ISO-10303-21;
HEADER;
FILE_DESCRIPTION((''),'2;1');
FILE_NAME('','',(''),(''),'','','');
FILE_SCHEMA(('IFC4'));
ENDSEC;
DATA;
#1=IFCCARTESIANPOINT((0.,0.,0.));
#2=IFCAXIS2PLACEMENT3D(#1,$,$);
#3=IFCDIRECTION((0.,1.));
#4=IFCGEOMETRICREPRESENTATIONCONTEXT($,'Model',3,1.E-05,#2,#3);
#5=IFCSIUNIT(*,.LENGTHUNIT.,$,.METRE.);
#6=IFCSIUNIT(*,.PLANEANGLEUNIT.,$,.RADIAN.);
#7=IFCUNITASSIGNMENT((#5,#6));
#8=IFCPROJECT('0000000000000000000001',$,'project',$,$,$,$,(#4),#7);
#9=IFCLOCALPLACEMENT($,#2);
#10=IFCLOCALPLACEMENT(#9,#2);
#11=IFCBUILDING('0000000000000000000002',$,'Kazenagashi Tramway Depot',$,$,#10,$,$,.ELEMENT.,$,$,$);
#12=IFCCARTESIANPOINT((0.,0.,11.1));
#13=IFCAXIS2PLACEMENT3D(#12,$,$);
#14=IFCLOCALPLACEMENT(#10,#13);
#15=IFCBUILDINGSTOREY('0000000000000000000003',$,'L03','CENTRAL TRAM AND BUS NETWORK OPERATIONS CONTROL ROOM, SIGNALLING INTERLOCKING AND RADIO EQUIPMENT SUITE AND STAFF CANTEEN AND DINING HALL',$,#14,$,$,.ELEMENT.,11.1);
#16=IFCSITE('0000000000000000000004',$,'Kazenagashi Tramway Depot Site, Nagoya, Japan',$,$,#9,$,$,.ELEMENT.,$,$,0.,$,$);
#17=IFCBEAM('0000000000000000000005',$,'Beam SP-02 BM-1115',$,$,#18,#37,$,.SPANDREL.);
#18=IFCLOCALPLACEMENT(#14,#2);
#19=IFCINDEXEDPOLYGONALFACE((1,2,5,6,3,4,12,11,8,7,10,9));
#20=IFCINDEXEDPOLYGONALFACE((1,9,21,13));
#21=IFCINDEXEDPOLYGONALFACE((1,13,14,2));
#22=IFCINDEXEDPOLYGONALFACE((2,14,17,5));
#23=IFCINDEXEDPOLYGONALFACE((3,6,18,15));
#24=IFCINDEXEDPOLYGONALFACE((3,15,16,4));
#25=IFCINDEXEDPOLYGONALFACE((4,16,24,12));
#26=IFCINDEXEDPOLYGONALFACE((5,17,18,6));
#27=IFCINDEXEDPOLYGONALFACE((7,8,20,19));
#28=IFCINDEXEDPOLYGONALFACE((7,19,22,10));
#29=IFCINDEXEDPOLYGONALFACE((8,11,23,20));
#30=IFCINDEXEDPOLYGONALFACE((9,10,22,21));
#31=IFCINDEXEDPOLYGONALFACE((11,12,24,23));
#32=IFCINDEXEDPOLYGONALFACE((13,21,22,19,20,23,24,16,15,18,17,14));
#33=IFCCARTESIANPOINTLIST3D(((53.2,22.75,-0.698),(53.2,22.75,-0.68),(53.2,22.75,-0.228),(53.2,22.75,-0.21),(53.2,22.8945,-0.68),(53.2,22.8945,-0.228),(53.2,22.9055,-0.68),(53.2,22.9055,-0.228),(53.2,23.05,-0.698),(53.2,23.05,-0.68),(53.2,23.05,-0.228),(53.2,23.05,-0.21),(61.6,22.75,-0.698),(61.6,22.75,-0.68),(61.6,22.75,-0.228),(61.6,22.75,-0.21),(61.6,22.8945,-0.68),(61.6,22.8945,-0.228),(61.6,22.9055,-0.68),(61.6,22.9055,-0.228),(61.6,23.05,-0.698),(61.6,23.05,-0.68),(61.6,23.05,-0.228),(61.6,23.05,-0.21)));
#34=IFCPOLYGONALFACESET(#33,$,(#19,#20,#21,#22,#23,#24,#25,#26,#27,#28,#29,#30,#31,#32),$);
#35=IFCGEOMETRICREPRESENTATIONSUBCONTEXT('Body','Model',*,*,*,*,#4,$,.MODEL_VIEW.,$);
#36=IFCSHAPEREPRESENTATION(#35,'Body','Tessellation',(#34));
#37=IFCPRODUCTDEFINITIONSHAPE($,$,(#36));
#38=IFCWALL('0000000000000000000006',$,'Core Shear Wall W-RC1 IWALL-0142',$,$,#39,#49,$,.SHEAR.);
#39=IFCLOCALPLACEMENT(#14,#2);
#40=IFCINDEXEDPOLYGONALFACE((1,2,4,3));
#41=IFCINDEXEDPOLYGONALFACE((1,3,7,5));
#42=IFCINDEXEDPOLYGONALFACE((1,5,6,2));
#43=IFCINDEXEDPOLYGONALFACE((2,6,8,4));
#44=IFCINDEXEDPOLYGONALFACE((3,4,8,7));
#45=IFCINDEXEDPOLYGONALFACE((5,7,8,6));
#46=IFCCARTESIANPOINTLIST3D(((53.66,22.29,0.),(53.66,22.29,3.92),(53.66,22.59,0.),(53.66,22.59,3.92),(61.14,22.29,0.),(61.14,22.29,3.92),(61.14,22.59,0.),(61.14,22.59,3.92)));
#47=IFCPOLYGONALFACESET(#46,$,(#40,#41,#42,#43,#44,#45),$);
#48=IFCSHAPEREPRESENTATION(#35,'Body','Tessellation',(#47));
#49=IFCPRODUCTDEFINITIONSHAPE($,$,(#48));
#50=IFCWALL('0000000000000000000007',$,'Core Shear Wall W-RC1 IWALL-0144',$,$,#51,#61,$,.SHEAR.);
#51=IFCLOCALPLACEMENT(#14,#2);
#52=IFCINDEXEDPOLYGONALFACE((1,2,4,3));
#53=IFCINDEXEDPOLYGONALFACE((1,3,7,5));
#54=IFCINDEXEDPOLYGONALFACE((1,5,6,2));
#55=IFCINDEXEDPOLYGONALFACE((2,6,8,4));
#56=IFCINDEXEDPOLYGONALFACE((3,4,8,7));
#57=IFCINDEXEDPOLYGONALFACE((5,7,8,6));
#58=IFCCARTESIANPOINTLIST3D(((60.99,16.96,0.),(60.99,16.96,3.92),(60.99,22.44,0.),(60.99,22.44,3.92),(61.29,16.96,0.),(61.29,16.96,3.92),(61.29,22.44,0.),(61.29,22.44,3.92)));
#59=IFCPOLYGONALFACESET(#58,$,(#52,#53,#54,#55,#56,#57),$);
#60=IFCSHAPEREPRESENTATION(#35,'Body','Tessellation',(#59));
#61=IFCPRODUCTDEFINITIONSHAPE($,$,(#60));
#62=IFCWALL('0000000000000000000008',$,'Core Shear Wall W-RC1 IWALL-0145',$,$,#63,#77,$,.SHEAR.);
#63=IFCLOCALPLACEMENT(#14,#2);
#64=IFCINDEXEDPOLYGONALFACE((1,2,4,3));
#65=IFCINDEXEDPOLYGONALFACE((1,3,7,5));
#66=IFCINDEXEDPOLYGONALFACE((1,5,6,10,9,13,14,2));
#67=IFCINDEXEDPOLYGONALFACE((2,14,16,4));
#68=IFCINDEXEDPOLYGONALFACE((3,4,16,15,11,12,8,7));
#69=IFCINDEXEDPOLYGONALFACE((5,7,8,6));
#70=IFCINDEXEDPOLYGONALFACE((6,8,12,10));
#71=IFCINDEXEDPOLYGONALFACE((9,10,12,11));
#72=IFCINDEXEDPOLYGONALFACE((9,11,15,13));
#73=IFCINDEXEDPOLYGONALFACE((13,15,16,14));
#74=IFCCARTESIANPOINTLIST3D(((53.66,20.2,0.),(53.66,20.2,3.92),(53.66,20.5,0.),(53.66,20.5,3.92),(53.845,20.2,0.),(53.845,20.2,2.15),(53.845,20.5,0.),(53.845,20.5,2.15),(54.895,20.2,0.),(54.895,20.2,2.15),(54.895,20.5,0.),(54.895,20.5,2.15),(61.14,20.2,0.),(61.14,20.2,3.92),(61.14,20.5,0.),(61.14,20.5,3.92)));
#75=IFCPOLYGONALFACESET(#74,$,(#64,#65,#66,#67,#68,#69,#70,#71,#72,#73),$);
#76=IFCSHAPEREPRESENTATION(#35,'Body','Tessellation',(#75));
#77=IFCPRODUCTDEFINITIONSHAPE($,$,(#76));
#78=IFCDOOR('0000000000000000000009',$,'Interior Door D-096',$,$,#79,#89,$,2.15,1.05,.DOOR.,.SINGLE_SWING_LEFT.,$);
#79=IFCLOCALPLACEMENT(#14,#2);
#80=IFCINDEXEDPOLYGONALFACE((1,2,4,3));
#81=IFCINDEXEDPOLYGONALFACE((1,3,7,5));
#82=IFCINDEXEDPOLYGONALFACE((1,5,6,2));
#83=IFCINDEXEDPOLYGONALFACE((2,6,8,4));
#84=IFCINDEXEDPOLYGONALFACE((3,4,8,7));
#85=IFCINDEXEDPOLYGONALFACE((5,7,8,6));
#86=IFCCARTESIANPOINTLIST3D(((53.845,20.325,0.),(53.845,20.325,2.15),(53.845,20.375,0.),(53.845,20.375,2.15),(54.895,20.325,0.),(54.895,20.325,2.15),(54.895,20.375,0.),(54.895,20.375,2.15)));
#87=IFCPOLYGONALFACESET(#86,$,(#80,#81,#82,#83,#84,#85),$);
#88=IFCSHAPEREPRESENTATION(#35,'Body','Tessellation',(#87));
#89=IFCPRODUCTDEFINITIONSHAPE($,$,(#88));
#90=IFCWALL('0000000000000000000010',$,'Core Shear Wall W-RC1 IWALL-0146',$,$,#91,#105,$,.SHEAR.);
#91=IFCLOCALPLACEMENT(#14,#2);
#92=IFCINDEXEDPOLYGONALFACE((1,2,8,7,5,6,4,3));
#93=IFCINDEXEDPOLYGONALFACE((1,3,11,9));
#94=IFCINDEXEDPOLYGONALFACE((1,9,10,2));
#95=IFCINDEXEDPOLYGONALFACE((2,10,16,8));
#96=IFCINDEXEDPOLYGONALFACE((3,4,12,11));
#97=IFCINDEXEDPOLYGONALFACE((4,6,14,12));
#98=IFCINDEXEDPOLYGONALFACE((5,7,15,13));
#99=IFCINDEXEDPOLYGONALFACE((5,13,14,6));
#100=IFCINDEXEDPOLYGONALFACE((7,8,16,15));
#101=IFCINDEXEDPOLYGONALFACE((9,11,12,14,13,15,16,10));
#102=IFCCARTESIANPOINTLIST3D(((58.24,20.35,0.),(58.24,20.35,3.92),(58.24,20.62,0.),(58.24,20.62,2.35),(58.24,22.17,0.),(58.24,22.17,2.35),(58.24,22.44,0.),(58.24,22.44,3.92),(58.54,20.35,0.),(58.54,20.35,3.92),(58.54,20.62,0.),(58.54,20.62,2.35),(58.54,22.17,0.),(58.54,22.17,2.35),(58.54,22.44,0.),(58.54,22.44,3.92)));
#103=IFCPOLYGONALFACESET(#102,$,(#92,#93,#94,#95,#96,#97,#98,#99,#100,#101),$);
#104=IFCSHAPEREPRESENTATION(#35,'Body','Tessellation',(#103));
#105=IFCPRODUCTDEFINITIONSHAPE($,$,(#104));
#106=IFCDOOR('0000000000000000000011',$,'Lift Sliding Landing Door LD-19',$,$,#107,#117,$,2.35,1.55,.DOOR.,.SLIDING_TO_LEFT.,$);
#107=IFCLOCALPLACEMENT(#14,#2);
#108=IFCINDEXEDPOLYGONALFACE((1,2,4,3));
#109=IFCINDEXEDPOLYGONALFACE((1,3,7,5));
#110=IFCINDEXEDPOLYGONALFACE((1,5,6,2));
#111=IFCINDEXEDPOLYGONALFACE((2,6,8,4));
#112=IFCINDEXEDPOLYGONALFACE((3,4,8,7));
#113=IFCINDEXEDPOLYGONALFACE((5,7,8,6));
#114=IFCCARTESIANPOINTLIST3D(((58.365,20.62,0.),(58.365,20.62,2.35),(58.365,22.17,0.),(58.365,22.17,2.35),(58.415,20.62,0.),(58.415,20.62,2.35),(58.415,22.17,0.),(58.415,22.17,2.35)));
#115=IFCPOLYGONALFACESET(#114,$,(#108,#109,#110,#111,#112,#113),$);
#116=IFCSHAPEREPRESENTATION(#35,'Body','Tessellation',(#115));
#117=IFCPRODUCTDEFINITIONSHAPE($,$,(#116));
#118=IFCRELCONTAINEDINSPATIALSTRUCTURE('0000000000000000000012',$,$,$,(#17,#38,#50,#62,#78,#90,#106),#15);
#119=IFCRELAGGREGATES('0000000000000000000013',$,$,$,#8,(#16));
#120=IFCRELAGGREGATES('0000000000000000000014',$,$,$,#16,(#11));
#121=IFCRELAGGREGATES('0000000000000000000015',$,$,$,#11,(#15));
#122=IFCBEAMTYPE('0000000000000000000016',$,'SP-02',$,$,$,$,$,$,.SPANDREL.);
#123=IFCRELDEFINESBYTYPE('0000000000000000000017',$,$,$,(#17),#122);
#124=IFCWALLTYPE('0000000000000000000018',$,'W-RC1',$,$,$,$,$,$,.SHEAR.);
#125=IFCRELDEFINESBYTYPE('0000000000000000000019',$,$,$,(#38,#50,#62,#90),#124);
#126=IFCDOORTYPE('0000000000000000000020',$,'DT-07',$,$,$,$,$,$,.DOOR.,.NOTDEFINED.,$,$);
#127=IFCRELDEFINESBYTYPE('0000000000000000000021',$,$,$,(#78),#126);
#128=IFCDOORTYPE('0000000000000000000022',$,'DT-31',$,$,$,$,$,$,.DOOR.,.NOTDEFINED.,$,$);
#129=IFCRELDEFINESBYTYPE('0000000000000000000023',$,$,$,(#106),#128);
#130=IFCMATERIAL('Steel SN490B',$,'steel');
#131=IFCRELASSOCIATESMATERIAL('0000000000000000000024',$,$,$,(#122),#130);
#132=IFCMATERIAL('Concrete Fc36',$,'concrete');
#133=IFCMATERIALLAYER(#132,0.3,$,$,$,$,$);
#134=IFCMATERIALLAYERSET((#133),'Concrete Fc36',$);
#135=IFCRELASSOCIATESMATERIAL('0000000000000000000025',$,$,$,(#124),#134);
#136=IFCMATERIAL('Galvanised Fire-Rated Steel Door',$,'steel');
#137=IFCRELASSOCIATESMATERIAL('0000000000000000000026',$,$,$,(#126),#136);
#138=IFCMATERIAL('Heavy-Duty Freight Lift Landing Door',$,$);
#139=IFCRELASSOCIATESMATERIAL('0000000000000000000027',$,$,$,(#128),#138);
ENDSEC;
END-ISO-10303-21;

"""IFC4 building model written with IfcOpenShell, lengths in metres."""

from ifc_helpers import new_model, si_unit, direction, frame, frame_2d, origin, origin_2d, place, context, subcontext, project, spatial, rectangle, i_section, extrude, material, layer, layer_set, material_profile, profile_set, type_object, element, fill, save


model = new_model("IFC4")

# Units and contexts
model_context = context("Model", 3, precision=1e-05, world=origin(), true_north=direction((0.0, 1.0)))
body_context = subcontext(model_context, "Body", "Model", "MODEL_VIEW")
ifc_project = project(units=[si_unit("LENGTHUNIT", "METRE"), si_unit("PLANEANGLEUNIT", "RADIAN")], contexts=[model_context])

# Site, building, storey
site_placement = place(None, origin())
site = spatial("IfcSite", under=ifc_project, at=site_placement, Name="Kazenagashi Tramway Depot Site, Nagoya, Japan", CompositionType="ELEMENT", RefElevation=0.0)
building_placement = place(site_placement, origin())
building = spatial("IfcBuilding", under=site, at=building_placement, Name="Kazenagashi Tramway Depot", CompositionType="ELEMENT")
storey_placement = place(building_placement, frame((0.0, 0.0, 11.1)))
storey = spatial("IfcBuildingStorey", under=building, at=storey_placement, Name="L03", Description="CENTRAL TRAM AND BUS NETWORK OPERATIONS CONTROL ROOM, SIGNALLING INTERLOCKING AND RADIO EQUIPMENT SUITE AND STAFF CANTEEN AND DINING HALL", CompositionType="ELEMENT", Elevation=11.1)

# Shared definitions
ifc_material_1 = material(Name="Steel SN490B", Category="steel")

# Beam
ifc_material_profile_1 = material_profile(ifc_material_1, i_section(OverallWidth=0.3, OverallDepth=0.488, WebThickness=0.011, FlangeThickness=0.018, at=origin_2d()), Name="H-488x300x11x18")
ifc_profile_set_1 = profile_set([ifc_material_profile_1], Name="Steel SN490B")
beam_type_1 = type_object("IfcBeamType", Name="SP-02", PredefinedType="SPANDREL", material=ifc_profile_set_1)
for number, where, z_axis, x_axis, name in (
    (1, (53.2, 22.9, -0.454), (1.0, 0.0, 0.0), (0.0, 1.0, 0.0), "Beam SP-02 BM-1115"),
):
    element("IfcBeam", number, at=place(storey_placement, frame(where, z_axis=z_axis, x_axis=x_axis)), inside=storey, type_object=beam_type_1, Name=name, PredefinedType="SPANDREL", context=body_context, shape_type="SweptSolid", body=[
        extrude(i_section(OverallWidth=0.3, OverallDepth=0.488, WebThickness=0.011, FlangeThickness=0.018, at=origin_2d()), origin(), (0.0, 0.0, 1.0), 8.4),
    ])

# Walls
ifc_material_2 = material(Name="Concrete Fc36", Category="concrete")
ifc_layer = layer(ifc_material_2, 0.3)
ifc_layer_set = layer_set([ifc_layer], Name="Concrete Fc36")
wall_type = type_object("IfcWallType", Name="W-RC1", PredefinedType="SHEAR", material=ifc_layer_set)
wall_1_placement = place(storey_placement, frame((53.66, 22.44, 0.0), z_axis=(0.0, 0.0, 1.0), x_axis=(1.0, 0.0, 0.0)))
element("IfcWall", 2, at=wall_1_placement, inside=storey, type_object=wall_type, Name="Core Shear Wall W-RC1 IWALL-0142", PredefinedType="SHEAR", context=body_context, shape_type="SweptSolid", body=[
    extrude(rectangle(XDim=7.48, YDim=0.3, at=frame_2d((3.74, 0.0))), origin(), (0.0, 0.0, 1.0), 3.92),
])
wall_2_placement = place(storey_placement, frame((61.14, 16.96, 0.0), z_axis=(0.0, 0.0, 1.0), x_axis=(0.0, 1.0, 0.0)))
element("IfcWall", 3, at=wall_2_placement, inside=storey, type_object=wall_type, Name="Core Shear Wall W-RC1 IWALL-0144", PredefinedType="SHEAR", context=body_context, shape_type="SweptSolid", body=[
    extrude(rectangle(XDim=5.48, YDim=0.3, at=frame_2d((2.74, 0.0))), origin(), (0.0, 0.0, 1.0), 3.92),
])

# Walls, openings, doors
wall_3_placement = place(storey_placement, frame((53.66, 20.35, 0.0), z_axis=(0.0, 0.0, 1.0), x_axis=(1.0, 0.0, 0.0)))
wall_3 = element("IfcWall", 4, at=wall_3_placement, inside=storey, type_object=wall_type, Name="Core Shear Wall W-RC1 IWALL-0145", PredefinedType="SHEAR", context=body_context, shape_type="SweptSolid", body=[
    extrude(rectangle(XDim=7.48, YDim=0.3, at=frame_2d((3.74, 0.0))), origin(), (0.0, 0.0, 1.0), 3.92),
])
opening_1_placement = place(wall_3_placement, frame((0.185, 0.0, 0.0)))
opening_1 = element("IfcOpeningElement", 5, at=opening_1_placement, cuts=wall_3, PredefinedType="OPENING", context=body_context, shape_type="SweptSolid", body=[
    extrude(rectangle(XDim=1.05, YDim=2.15, at=frame_2d((0.525, 1.075))), frame((0.0, 0.16, 0.0), z_axis=(0.0, -1.0, 0.0), x_axis=(1.0, 0.0, 0.0)), (0.0, 0.0, 1.0), 0.32),
])
ifc_material_3 = material(Name="Galvanised Fire-Rated Steel Door", Category="steel")
door_type_1 = type_object("IfcDoorType", Name="DT-07", OperationType="NOTDEFINED", PredefinedType="DOOR", material=ifc_material_3)
door_1_placement = place(opening_1_placement, origin())
door_1 = element("IfcDoor", 6, at=door_1_placement, inside=storey, type_object=door_type_1, Name="Interior Door D-096", OperationType="SINGLE_SWING_LEFT", OverallHeight=2.15, OverallWidth=1.05, PredefinedType="DOOR", context=body_context, shape_type="SweptSolid", body=[
    extrude(rectangle(XDim=1.05, YDim=2.15, at=frame_2d((0.525, 1.075))), frame((0.0, 0.025, 0.0), z_axis=(0.0, -1.0, 0.0), x_axis=(1.0, 0.0, 0.0)), (0.0, 0.0, 1.0), 0.05),
])
fill(opening_1, door_1)
wall_4_placement = place(storey_placement, frame((58.39, 20.35, 0.0), z_axis=(0.0, 0.0, 1.0), x_axis=(0.0, 1.0, 0.0)))
wall_4 = element("IfcWall", 7, at=wall_4_placement, inside=storey, type_object=wall_type, Name="Core Shear Wall W-RC1 IWALL-0146", PredefinedType="SHEAR", context=body_context, shape_type="SweptSolid", body=[
    extrude(rectangle(XDim=2.09, YDim=0.3, at=frame_2d((1.045, 0.0))), origin(), (0.0, 0.0, 1.0), 3.92),
])
opening_2_placement = place(wall_4_placement, frame((0.27, 0.0, 0.0)))
opening_2 = element("IfcOpeningElement", 8, at=opening_2_placement, cuts=wall_4, PredefinedType="OPENING", context=body_context, shape_type="SweptSolid", body=[
    extrude(rectangle(XDim=1.55, YDim=2.35, at=frame_2d((0.775, 1.175))), frame((0.0, 0.16, 0.0), z_axis=(0.0, -1.0, 0.0), x_axis=(1.0, 0.0, 0.0)), (0.0, 0.0, 1.0), 0.32),
])
ifc_material_4 = material(Name="Heavy-Duty Freight Lift Landing Door")
door_type_2 = type_object("IfcDoorType", Name="DT-31", OperationType="NOTDEFINED", PredefinedType="DOOR", material=ifc_material_4)
door_2_placement = place(opening_2_placement, origin())
door_2 = element("IfcDoor", 9, at=door_2_placement, inside=storey, type_object=door_type_2, Name="Lift Sliding Landing Door LD-19", OperationType="SLIDING_TO_LEFT", OverallHeight=2.35, OverallWidth=1.55, PredefinedType="DOOR", context=body_context, shape_type="SweptSolid", body=[
    extrude(rectangle(XDim=1.55, YDim=2.35, at=frame_2d((0.775, 1.175))), frame((0.0, 0.025, 0.0), z_axis=(0.0, -1.0, 0.0), x_axis=(1.0, 0.0, 0.0)), (0.0, 0.0, 1.0), 0.05),
])
fill(opening_2, door_2)

save(model, "model.ifc")
